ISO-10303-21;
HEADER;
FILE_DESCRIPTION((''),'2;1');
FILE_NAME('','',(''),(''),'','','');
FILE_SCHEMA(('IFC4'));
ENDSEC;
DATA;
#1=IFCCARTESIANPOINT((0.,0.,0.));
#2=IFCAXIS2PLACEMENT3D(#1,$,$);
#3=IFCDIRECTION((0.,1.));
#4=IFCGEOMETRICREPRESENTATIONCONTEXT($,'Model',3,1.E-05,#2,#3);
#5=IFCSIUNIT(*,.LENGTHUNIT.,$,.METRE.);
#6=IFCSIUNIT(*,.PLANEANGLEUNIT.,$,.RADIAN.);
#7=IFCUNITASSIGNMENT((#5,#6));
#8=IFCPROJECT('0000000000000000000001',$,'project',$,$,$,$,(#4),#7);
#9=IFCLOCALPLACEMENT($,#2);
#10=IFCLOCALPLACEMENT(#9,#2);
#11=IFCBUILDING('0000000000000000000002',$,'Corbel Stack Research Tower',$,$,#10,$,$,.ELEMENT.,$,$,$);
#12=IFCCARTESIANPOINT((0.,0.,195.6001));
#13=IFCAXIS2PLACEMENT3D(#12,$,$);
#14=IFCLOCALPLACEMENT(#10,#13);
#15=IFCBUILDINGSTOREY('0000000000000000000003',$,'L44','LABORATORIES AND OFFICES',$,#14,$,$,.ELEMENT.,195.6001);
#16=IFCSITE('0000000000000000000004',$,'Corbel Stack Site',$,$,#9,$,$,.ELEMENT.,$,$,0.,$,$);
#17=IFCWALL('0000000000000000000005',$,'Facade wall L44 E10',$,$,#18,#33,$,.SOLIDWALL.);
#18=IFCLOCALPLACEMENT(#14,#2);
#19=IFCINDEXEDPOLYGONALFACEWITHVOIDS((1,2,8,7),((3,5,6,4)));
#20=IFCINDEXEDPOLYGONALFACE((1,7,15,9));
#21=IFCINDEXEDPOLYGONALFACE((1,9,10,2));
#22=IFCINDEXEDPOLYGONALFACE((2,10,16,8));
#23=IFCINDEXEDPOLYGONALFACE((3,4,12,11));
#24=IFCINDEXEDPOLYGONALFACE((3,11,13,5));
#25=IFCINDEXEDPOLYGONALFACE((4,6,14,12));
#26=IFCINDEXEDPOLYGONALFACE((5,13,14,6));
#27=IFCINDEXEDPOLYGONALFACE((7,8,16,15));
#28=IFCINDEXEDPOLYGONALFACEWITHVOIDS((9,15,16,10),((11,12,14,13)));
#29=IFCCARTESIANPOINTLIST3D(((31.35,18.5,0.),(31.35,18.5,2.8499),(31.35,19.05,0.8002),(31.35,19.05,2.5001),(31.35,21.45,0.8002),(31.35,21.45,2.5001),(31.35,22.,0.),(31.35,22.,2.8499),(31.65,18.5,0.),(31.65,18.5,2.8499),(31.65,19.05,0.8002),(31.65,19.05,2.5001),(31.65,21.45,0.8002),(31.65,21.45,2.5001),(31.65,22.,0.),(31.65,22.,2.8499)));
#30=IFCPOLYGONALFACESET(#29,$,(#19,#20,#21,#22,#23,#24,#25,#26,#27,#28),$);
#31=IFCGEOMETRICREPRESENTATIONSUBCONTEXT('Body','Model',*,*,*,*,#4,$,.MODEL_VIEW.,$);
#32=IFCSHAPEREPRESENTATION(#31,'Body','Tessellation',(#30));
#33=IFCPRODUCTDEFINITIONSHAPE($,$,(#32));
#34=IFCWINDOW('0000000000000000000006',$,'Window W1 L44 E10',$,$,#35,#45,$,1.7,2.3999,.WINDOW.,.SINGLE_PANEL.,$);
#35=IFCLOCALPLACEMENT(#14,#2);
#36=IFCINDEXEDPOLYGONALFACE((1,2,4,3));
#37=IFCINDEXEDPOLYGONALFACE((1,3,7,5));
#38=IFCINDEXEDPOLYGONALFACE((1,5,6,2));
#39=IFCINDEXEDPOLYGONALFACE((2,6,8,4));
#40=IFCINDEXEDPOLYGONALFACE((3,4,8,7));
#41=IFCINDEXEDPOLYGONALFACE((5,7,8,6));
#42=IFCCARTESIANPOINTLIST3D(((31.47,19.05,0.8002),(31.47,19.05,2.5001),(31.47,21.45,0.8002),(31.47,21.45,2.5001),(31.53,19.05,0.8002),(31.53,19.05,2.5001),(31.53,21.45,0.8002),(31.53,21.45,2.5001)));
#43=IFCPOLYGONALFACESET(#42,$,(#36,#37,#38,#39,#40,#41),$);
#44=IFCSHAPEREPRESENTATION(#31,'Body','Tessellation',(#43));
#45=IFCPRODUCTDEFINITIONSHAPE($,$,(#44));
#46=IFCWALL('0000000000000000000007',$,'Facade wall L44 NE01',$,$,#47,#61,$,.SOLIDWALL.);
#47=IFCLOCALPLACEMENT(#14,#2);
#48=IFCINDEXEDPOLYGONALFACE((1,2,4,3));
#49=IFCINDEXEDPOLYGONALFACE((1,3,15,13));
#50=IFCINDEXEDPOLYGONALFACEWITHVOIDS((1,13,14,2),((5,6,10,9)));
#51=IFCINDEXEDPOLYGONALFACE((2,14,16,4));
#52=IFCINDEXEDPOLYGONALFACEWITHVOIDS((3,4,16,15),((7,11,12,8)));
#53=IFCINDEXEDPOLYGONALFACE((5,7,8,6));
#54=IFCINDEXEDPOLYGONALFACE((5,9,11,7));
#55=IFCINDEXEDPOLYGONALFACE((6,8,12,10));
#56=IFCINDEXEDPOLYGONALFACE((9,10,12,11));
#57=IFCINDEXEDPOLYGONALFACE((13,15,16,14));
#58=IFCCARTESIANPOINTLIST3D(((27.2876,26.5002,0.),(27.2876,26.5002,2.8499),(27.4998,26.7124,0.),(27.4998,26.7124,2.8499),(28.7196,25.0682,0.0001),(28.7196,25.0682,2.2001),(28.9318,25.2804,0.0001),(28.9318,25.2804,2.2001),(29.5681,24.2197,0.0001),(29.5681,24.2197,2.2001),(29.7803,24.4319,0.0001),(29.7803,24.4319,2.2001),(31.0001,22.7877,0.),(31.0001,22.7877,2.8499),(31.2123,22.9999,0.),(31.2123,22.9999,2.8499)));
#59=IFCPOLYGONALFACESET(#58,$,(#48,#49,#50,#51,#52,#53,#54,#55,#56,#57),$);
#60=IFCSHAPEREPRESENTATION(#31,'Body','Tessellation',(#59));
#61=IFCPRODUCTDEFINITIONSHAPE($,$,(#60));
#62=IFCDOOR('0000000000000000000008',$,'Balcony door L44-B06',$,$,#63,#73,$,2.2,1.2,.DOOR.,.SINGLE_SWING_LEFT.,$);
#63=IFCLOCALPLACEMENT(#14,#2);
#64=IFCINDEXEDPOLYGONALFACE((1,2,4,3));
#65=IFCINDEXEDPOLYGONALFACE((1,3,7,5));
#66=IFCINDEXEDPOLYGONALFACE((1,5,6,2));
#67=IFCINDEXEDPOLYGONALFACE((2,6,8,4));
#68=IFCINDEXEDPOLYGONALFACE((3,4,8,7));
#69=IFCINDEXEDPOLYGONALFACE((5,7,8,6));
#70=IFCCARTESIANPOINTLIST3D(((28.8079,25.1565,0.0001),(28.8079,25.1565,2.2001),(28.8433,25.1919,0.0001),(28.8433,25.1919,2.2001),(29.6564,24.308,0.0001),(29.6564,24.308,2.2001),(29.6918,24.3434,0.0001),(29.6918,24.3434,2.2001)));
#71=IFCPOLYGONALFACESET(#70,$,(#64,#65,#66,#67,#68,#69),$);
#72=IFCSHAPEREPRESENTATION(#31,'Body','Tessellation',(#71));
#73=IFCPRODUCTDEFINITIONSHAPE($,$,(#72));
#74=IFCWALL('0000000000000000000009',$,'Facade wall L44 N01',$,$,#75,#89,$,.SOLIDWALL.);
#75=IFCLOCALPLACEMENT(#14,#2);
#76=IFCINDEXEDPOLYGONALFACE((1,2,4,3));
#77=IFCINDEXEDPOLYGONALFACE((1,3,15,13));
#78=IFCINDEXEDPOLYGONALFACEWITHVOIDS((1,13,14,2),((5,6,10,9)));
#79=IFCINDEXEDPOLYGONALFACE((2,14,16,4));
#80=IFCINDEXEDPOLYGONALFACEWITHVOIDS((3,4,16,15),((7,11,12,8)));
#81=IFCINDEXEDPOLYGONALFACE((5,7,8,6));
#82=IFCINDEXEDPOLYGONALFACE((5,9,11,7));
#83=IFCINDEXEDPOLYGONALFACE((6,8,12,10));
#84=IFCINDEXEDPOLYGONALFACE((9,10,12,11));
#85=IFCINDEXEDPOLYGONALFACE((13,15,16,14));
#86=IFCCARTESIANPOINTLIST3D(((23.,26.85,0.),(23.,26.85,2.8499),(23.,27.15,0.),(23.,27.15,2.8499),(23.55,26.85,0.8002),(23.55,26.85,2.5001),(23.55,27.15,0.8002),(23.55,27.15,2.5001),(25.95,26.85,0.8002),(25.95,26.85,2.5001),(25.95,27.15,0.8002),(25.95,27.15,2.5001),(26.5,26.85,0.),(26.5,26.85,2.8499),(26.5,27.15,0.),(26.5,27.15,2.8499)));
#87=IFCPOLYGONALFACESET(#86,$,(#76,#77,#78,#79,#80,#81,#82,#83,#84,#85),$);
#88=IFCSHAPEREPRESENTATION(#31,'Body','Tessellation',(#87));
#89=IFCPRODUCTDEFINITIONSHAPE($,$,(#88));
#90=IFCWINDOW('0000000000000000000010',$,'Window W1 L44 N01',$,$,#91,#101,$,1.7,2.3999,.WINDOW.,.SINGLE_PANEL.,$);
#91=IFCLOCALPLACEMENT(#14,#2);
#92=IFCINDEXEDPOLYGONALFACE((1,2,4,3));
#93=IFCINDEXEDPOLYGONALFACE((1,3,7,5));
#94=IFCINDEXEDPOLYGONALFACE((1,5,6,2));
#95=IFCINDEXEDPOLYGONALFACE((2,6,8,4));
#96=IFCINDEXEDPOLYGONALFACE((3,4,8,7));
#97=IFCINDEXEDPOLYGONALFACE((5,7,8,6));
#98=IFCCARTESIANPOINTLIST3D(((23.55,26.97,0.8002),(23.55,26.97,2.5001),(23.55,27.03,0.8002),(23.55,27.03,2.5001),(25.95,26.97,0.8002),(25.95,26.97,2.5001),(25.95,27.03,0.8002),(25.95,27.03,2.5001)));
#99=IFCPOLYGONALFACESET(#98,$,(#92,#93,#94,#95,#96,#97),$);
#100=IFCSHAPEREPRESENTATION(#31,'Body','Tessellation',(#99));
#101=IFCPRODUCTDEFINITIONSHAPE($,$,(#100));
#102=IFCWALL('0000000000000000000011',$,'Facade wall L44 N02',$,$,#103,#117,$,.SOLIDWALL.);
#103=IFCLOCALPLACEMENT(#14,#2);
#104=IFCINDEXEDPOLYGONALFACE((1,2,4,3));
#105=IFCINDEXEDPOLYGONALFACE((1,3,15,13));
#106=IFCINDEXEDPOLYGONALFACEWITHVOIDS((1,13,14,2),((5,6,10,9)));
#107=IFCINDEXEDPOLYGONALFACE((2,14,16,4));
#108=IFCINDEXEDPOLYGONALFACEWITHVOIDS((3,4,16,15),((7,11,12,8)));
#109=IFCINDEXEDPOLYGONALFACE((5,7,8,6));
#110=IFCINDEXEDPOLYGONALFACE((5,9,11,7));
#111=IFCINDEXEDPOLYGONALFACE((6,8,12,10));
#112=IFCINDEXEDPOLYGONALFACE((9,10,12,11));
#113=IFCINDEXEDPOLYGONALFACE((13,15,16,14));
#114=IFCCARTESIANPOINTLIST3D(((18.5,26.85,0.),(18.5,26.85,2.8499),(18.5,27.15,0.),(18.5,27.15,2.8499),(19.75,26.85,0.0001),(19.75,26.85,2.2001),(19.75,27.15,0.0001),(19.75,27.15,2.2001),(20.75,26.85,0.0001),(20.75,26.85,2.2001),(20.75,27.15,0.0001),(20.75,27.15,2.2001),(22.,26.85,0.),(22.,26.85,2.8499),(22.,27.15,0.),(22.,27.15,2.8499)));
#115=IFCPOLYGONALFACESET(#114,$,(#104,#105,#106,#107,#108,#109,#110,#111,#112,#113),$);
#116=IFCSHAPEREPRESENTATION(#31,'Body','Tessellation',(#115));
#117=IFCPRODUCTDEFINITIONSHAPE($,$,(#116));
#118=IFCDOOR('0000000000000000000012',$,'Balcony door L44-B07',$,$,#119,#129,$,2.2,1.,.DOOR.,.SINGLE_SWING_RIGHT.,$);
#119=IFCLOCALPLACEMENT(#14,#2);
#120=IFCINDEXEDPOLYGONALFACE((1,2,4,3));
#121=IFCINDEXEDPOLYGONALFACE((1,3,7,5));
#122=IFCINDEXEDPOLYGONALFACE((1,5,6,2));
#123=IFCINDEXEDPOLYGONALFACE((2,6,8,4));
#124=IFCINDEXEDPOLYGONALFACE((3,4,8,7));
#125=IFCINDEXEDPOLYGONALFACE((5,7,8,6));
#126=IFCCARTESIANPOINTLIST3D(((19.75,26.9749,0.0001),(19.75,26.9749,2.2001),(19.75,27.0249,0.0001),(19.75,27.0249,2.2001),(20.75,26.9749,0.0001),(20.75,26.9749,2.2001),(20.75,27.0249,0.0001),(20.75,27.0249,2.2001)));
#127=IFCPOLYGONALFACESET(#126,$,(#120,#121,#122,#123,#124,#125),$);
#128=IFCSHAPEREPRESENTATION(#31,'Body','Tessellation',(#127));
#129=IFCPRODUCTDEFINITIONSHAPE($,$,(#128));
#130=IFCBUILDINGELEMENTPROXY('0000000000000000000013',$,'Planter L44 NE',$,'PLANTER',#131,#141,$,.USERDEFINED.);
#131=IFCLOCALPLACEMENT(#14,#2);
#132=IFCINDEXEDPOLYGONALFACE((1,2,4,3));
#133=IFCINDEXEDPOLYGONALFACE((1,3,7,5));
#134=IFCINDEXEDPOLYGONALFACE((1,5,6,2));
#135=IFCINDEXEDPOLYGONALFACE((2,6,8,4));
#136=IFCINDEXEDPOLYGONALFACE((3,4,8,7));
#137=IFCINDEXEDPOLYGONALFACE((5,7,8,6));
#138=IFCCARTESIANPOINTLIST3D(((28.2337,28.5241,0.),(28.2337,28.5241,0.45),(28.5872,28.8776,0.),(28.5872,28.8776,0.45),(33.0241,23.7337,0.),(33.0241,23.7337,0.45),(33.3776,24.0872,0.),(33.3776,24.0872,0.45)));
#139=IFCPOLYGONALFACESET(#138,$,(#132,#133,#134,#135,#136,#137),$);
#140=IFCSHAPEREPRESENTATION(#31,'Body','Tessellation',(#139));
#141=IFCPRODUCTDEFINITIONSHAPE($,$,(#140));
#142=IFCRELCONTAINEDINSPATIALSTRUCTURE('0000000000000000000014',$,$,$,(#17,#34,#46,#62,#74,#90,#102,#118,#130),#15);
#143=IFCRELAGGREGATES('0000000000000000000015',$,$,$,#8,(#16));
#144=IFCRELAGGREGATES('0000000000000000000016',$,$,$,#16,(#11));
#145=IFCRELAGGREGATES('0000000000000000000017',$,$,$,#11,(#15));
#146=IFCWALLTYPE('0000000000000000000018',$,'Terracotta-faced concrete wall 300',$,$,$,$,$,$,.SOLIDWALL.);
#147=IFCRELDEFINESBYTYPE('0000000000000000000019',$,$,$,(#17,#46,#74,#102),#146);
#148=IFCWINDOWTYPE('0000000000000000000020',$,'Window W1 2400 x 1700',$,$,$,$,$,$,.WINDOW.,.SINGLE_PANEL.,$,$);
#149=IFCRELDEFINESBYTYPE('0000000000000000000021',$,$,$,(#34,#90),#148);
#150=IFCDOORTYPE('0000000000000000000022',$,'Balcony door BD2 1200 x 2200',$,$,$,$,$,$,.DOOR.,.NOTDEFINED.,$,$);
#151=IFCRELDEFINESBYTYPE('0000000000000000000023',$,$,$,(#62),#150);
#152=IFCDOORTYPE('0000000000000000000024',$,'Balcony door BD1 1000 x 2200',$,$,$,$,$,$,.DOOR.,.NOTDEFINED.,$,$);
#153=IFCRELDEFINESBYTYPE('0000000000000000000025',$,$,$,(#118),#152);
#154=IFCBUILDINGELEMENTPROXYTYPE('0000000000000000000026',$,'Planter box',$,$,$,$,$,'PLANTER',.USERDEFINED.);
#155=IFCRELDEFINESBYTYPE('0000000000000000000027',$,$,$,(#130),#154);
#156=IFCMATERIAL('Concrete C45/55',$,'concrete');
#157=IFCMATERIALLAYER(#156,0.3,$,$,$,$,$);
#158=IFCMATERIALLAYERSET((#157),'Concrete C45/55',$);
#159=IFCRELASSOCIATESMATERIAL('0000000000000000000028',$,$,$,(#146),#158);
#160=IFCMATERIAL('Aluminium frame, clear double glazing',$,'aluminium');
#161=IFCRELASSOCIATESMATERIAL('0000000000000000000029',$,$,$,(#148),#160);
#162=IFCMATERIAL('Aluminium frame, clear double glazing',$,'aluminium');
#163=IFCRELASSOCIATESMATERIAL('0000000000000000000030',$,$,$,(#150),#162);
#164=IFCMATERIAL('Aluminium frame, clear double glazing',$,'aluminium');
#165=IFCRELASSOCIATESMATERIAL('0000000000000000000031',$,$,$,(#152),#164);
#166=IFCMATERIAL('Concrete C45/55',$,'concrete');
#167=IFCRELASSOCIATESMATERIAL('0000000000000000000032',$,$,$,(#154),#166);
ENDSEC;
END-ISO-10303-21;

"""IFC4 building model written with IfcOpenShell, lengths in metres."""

from ifc_helpers import new_model, si_unit, direction, frame, frame_2d, origin, origin_2d, place, context, subcontext, project, spatial, rectangle, extrude, material, layer, layer_set, type_object, element, fill, save


model = new_model("IFC4")

# Units and contexts
model_context = context("Model", 3, precision=1e-05, world=origin(), true_north=direction((0.0, 1.0)))
body_context = subcontext(model_context, "Body", "Model", "MODEL_VIEW")
ifc_project = project(units=[si_unit("LENGTHUNIT", "METRE"), si_unit("PLANEANGLEUNIT", "RADIAN")], contexts=[model_context])

# Site, building, storey
site_placement = place(None, origin())
site = spatial("IfcSite", under=ifc_project, at=site_placement, Name="Corbel Stack Site", CompositionType="ELEMENT", RefElevation=0.0)
building_placement = place(site_placement, origin())
building = spatial("IfcBuilding", under=site, at=building_placement, Name="Corbel Stack Research Tower", CompositionType="ELEMENT")
storey_placement = place(building_placement, frame((0.0, 0.0, 195.6001)))
storey = spatial("IfcBuildingStorey", under=building, at=storey_placement, Name="L44", Description="LABORATORIES AND OFFICES", CompositionType="ELEMENT", Elevation=195.6001)

# Wall, opening, window
ifc_material_1 = material(Name="Concrete C45/55", Category="concrete")
ifc_layer_1 = layer(ifc_material_1, 0.3)
ifc_layer_set_1 = layer_set([ifc_layer_1], Name="Concrete C45/55")
wall_type_1 = type_object("IfcWallType", Name="Terracotta-faced concrete wall 300", PredefinedType="SOLIDWALL", material=ifc_layer_set_1)
wall_1_placement = place(storey_placement, frame((31.5, 22.0, 0.0), z_axis=(0.0, 0.0, 1.0), x_axis=(0.0, -1.0, 0.0)))
wall_1 = element("IfcWall", 1, at=wall_1_placement, inside=storey, type_object=wall_type_1, Name="Facade wall L44 E10", PredefinedType="SOLIDWALL", context=body_context, shape_type="SweptSolid", body=[
    extrude(rectangle(XDim=3.5, YDim=0.3, at=frame_2d((1.75, 0.0))), origin(), (0.0, 0.0, 1.0), 2.8499),
])
opening_1_placement = place(wall_1_placement, frame((0.55, 0.0, 0.8)))
opening_1 = element("IfcOpeningElement", 2, at=opening_1_placement, cuts=wall_1, PredefinedType="OPENING", context=body_context, shape_type="SweptSolid", body=[
    extrude(rectangle(XDim=2.3999, YDim=1.7, at=frame_2d((1.2, 0.8501))), frame((0.0, 0.1599, 0.0), z_axis=(0.0, -1.0, 0.0), x_axis=(1.0, 0.0, 0.0)), (0.0, 0.0, 1.0), 0.3201),
])
ifc_material_2 = material(Name="Aluminium frame, clear double glazing", Category="aluminium")
window_type = type_object("IfcWindowType", Name="Window W1 2400 x 1700", PartitioningType="SINGLE_PANEL", PredefinedType="WINDOW", material=ifc_material_2)
window_1_placement = place(opening_1_placement, origin())
window_1 = element("IfcWindow", 3, at=window_1_placement, inside=storey, type_object=window_type, Name="Window W1 L44 E10", OverallHeight=1.7, OverallWidth=2.3999, PartitioningType="SINGLE_PANEL", PredefinedType="WINDOW", context=body_context, shape_type="SweptSolid", body=[
    extrude(rectangle(XDim=2.3999, YDim=1.7, at=frame_2d((1.2, 0.8501))), frame((0.0, 0.03, 0.0), z_axis=(0.0, -1.0, 0.0), x_axis=(1.0, 0.0, 0.0)), (0.0, 0.0, 1.0), 0.0601),
])
fill(opening_1, window_1)

# Wall, opening, door
wall_2_placement = place(storey_placement, frame((27.3938, 26.6062, 0.0), z_axis=(0.0, 0.0, 1.0), x_axis=(0.707107, -0.707107, 0.0)))
wall_2 = element("IfcWall", 4, at=wall_2_placement, inside=storey, type_object=wall_type_1, Name="Facade wall L44 NE01", PredefinedType="SOLIDWALL", context=body_context, shape_type="SweptSolid", body=[
    extrude(rectangle(XDim=5.2502, YDim=0.3, at=frame_2d((2.625, 0.0))), origin(), (0.0, 0.0, 1.0), 2.8499),
])
opening_2_placement = place(wall_2_placement, frame((2.0249, 0.0, 0.0)))
opening_2 = element("IfcOpeningElement", 5, at=opening_2_placement, cuts=wall_2, PredefinedType="OPENING", context=body_context, shape_type="SweptSolid", body=[
    extrude(rectangle(XDim=1.2, YDim=2.2, at=frame_2d((0.6001, 1.1001))), frame((0.0, 0.1599, 0.0), z_axis=(0.0, -1.0, 0.0), x_axis=(1.0, 0.0, 0.0)), (0.0, 0.0, 1.0), 0.3201),
])
ifc_material_3 = material(Name="Aluminium frame, clear double glazing", Category="aluminium")
door_type_1 = type_object("IfcDoorType", Name="Balcony door BD2 1200 x 2200", OperationType="NOTDEFINED", PredefinedType="DOOR", material=ifc_material_3)
door_1_placement = place(opening_2_placement, origin())
door_1 = element("IfcDoor", 6, at=door_1_placement, inside=storey, type_object=door_type_1, Name="Balcony door L44-B06", OperationType="SINGLE_SWING_LEFT", OverallHeight=2.2, OverallWidth=1.2, PredefinedType="DOOR", context=body_context, shape_type="SweptSolid", body=[
    extrude(rectangle(XDim=1.2, YDim=2.2, at=frame_2d((0.6001, 1.1001))), frame((0.0, 0.0249, 0.0), z_axis=(0.0, -1.0, 0.0), x_axis=(1.0, 0.0, 0.0)), (0.0, 0.0, 1.0), 0.05),
])
fill(opening_2, door_1)

# Wall, opening, window
wall_3_placement = place(storey_placement, frame((23.0, 27.0, 0.0), z_axis=(0.0, 0.0, 1.0), x_axis=(1.0, 0.0, 0.0)))
wall_3 = element("IfcWall", 7, at=wall_3_placement, inside=storey, type_object=wall_type_1, Name="Facade wall L44 N01", PredefinedType="SOLIDWALL", context=body_context, shape_type="SweptSolid", body=[
    extrude(rectangle(XDim=3.5, YDim=0.3, at=frame_2d((1.75, 0.0))), origin(), (0.0, 0.0, 1.0), 2.8499),
])
opening_3_placement = place(wall_3_placement, frame((0.55, 0.0, 0.8)))
opening_3 = element("IfcOpeningElement", 8, at=opening_3_placement, cuts=wall_3, PredefinedType="OPENING", context=body_context, shape_type="SweptSolid", body=[
    extrude(rectangle(XDim=2.3999, YDim=1.7, at=frame_2d((1.2, 0.8501))), frame((0.0, 0.1599, 0.0), z_axis=(0.0, -1.0, 0.0), x_axis=(1.0, 0.0, 0.0)), (0.0, 0.0, 1.0), 0.3201),
])
window_2_placement = place(opening_3_placement, origin())
window_2 = element("IfcWindow", 9, at=window_2_placement, inside=storey, type_object=window_type, Name="Window W1 L44 N01", OverallHeight=1.7, OverallWidth=2.3999, PartitioningType="SINGLE_PANEL", PredefinedType="WINDOW", context=body_context, shape_type="SweptSolid", body=[
    extrude(rectangle(XDim=2.3999, YDim=1.7, at=frame_2d((1.2, 0.8501))), frame((0.0, 0.03, 0.0), z_axis=(0.0, -1.0, 0.0), x_axis=(1.0, 0.0, 0.0)), (0.0, 0.0, 1.0), 0.0601),
])
fill(opening_3, window_2)

# Wall, opening, door
wall_4_placement = place(storey_placement, frame((18.5, 27.0, 0.0), z_axis=(0.0, 0.0, 1.0), x_axis=(1.0, 0.0, 0.0)))
wall_4 = element("IfcWall", 10, at=wall_4_placement, inside=storey, type_object=wall_type_1, Name="Facade wall L44 N02", PredefinedType="SOLIDWALL", context=body_context, shape_type="SweptSolid", body=[
    extrude(rectangle(XDim=3.5, YDim=0.3, at=frame_2d((1.75, 0.0))), origin(), (0.0, 0.0, 1.0), 2.8499),
])
opening_4_placement = place(wall_4_placement, frame((1.25, 0.0, 0.0)))
opening_4 = element("IfcOpeningElement", 11, at=opening_4_placement, cuts=wall_4, PredefinedType="OPENING", context=body_context, shape_type="SweptSolid", body=[
    extrude(rectangle(XDim=1.0, YDim=2.2, at=frame_2d((0.5, 1.1001))), frame((0.0, 0.1599, 0.0), z_axis=(0.0, -1.0, 0.0), x_axis=(1.0, 0.0, 0.0)), (0.0, 0.0, 1.0), 0.3201),
])
ifc_material_4 = material(Name="Aluminium frame, clear double glazing", Category="aluminium")
door_type_2 = type_object("IfcDoorType", Name="Balcony door BD1 1000 x 2200", OperationType="NOTDEFINED", PredefinedType="DOOR", material=ifc_material_4)
door_2_placement = place(opening_4_placement, origin())
door_2 = element("IfcDoor", 12, at=door_2_placement, inside=storey, type_object=door_type_2, Name="Balcony door L44-B07", OperationType="SINGLE_SWING_RIGHT", OverallHeight=2.2, OverallWidth=1.0, PredefinedType="DOOR", context=body_context, shape_type="SweptSolid", body=[
    extrude(rectangle(XDim=1.0, YDim=2.2, at=frame_2d((0.5, 1.1001))), frame((0.0, 0.0249, 0.0), z_axis=(0.0, -1.0, 0.0), x_axis=(1.0, 0.0, 0.0)), (0.0, 0.0, 1.0), 0.05),
])
fill(opening_4, door_2)

# Building element proxy
ifc_material_5 = material(Name="Concrete C45/55", Category="concrete")
building_element_proxy_type = type_object("IfcBuildingElementProxyType", Name="Planter box", ElementType="PLANTER", PredefinedType="USERDEFINED", material=ifc_material_5)
proxy_placement = place(storey_placement, frame((30.8057, 26.3057, 0.0), z_axis=(0.0, 0.0, 1.0), x_axis=(-0.707107, 0.707107, 0.0)))
element("IfcBuildingElementProxy", 13, at=proxy_placement, inside=storey, type_object=building_element_proxy_type, Name="Planter L44 NE", ObjectType="PLANTER", PredefinedType="USERDEFINED", context=body_context, shape_type="SweptSolid", body=[
    extrude(rectangle(XDim=6.7747, YDim=0.5, at=origin_2d()), origin(), (0.0, 0.0, 1.0), 0.45),
])

save(model, "model.ifc")
